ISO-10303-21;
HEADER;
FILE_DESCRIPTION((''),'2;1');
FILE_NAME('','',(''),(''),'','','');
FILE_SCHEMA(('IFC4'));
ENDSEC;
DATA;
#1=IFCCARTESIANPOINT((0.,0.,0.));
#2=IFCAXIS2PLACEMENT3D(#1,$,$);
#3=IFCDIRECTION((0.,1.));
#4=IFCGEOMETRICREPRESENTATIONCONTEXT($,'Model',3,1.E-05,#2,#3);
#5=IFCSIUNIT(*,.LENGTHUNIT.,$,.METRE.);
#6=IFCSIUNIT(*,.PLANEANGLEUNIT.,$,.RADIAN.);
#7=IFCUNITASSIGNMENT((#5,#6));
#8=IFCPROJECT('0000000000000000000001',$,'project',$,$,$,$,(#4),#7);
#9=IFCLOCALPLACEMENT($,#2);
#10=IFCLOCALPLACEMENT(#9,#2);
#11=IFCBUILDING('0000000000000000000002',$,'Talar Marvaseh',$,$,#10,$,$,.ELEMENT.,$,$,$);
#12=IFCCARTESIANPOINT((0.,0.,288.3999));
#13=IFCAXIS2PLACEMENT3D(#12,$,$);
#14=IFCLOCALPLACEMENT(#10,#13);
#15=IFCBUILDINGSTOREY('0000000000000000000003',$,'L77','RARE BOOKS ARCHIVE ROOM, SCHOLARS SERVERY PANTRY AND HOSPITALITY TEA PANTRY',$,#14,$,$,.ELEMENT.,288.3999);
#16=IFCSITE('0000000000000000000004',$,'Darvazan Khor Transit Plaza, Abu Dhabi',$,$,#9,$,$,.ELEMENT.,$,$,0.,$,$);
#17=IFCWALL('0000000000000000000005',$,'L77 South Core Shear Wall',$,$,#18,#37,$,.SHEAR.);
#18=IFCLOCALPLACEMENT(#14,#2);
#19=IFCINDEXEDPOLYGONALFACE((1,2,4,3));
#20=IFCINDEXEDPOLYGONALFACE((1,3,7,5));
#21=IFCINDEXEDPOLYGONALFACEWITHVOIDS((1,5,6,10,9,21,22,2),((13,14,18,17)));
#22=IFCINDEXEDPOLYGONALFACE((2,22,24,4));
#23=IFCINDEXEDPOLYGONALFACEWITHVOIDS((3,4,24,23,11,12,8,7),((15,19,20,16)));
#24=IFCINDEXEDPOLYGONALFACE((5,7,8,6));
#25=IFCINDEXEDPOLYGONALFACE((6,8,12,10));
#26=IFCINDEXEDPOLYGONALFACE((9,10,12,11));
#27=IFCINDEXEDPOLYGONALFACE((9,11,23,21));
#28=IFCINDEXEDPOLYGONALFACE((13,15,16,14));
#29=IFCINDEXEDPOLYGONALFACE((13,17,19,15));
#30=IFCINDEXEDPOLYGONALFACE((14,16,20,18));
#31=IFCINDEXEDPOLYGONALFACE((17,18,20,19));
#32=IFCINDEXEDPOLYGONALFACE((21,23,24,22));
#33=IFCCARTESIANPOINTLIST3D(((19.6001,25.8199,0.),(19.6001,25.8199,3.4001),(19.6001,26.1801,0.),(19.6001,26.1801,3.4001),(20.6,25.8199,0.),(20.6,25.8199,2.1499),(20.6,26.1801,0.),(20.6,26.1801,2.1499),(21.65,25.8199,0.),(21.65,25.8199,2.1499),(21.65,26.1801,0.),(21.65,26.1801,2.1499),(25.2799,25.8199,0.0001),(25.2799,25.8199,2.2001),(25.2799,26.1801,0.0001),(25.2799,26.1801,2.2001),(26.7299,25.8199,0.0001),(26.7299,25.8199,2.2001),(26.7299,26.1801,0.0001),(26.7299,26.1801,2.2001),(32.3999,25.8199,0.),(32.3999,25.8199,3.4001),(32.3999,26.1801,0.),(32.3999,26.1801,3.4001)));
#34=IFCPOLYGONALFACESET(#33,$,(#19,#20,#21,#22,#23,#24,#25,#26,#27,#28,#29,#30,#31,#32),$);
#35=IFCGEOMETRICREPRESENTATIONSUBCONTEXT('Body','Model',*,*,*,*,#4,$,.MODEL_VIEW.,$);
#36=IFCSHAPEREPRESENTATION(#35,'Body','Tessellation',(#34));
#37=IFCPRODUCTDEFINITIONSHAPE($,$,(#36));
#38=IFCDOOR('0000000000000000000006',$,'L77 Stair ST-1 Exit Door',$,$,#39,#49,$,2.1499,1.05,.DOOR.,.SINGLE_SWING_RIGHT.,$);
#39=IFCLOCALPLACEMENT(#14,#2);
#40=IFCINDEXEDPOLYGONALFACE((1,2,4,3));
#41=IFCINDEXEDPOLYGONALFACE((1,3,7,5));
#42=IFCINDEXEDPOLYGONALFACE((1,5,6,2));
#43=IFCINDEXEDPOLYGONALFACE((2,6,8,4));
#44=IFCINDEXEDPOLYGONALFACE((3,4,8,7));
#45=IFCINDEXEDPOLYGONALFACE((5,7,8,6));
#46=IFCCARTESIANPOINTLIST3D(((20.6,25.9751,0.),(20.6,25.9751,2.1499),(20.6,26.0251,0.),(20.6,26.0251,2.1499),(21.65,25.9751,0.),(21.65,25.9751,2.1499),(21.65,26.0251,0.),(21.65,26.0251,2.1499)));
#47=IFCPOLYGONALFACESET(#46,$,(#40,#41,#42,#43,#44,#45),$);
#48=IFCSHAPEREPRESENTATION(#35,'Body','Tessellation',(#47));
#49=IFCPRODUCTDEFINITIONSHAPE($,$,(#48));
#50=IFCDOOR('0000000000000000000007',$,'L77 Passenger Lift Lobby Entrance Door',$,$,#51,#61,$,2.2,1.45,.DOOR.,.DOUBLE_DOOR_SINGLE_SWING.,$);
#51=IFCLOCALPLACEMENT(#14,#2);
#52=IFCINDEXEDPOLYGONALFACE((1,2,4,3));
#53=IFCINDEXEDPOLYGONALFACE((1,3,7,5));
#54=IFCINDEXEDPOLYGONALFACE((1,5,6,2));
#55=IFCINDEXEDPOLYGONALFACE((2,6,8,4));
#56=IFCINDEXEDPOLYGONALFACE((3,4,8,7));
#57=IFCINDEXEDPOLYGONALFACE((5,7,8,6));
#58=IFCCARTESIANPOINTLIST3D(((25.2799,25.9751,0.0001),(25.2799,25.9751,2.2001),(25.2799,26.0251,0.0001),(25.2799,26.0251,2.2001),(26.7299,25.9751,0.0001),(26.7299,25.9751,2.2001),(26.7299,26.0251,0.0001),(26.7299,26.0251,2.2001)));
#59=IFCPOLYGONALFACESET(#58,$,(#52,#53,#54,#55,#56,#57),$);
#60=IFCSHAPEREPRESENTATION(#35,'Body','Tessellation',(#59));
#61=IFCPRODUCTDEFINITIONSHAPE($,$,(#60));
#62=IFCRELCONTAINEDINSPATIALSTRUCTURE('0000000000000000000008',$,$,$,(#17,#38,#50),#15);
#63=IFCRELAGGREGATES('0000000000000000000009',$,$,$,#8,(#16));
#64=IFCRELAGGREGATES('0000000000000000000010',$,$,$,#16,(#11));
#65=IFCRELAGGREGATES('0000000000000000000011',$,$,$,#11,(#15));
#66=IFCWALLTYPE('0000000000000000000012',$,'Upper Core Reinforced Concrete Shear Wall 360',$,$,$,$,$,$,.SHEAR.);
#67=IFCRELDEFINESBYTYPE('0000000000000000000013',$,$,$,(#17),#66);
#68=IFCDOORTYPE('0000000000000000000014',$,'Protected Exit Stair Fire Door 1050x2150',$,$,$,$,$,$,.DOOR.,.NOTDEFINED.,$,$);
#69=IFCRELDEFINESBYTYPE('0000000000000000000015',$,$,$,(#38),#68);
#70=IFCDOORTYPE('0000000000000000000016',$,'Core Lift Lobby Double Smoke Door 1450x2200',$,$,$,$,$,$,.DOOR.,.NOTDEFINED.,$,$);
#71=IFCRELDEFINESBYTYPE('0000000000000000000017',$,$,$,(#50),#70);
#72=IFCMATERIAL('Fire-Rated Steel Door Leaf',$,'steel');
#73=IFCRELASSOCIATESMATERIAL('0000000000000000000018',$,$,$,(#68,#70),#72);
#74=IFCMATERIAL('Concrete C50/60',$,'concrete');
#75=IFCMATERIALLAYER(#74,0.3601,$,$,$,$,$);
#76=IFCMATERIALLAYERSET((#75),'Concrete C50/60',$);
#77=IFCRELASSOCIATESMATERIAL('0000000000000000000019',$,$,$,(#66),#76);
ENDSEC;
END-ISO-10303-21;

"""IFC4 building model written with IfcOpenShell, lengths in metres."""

from ifc_helpers import new_model, si_unit, direction, frame, frame_2d, origin, place, context, subcontext, project, spatial, rectangle, extrude, source, transform, mapped, material, layer, layer_set, type_object, type_shapes, element, fill, save


model = new_model("IFC4")

# Units and contexts
model_context = context("Model", 3, precision=1e-05, world=origin(), true_north=direction((0.0, 1.0)))
body_context = subcontext(model_context, "Body", "Model", "MODEL_VIEW")
ifc_project = project(units=[si_unit("LENGTHUNIT", "METRE"), si_unit("PLANEANGLEUNIT", "RADIAN")], contexts=[model_context])

# Site, building, storey
site_placement = place(None, origin())
site = spatial("IfcSite", under=ifc_project, at=site_placement, Name="Darvazan Khor Transit Plaza, Abu Dhabi", CompositionType="ELEMENT", RefElevation=0.0)
building_placement = place(site_placement, origin())
building = spatial("IfcBuilding", under=site, at=building_placement, Name="Talar Marvaseh", CompositionType="ELEMENT")
storey_placement = place(building_placement, frame((0.0, 0.0, 288.3999)))
storey = spatial("IfcBuildingStorey", under=building, at=storey_placement, Name="L77", Description="RARE BOOKS ARCHIVE ROOM, SCHOLARS SERVERY PANTRY AND HOSPITALITY TEA PANTRY", CompositionType="ELEMENT", Elevation=288.3999)

# Shared definitions
ifc_material_1 = material(Name="Concrete C50/60", Category="concrete")

# Shared definitions
ifc_material_2 = material(Name="Fire-Rated Steel Door Leaf", Category="steel")
door_type_1 = type_object("IfcDoorType", Name="Protected Exit Stair Fire Door 1050x2150", OperationType="NOTDEFINED", PredefinedType="DOOR", material=ifc_material_2)
shared_shape_1 = source(origin(), body_context, "Body", "SweptSolid", [
    extrude(rectangle(XDim=1.05, YDim=2.1499, at=frame_2d((0.5249, 1.075))), frame((0.0, 0.0249, 0.0), z_axis=(0.0, -1.0, 0.0), x_axis=(1.0, 0.0, 0.0)), (0.0, 0.0, 1.0), 0.05),
])
type_shapes(door_type_1, [shared_shape_1])

# Wall, openings, doors
ifc_layer_1 = layer(ifc_material_1, 0.3601)
ifc_layer_set_1 = layer_set([ifc_layer_1], Name="Concrete C50/60")
wall_type_1 = type_object("IfcWallType", Name="Upper Core Reinforced Concrete Shear Wall 360", PredefinedType="SHEAR", material=ifc_layer_set_1)
wall_1_placement = place(storey_placement, frame((32.3999, 26.0, 0.0), z_axis=(0.0, 0.0, 1.0), x_axis=(-1.0, 0.0, 0.0)))
wall_1 = element("IfcWall", 1, at=wall_1_placement, inside=storey, type_object=wall_type_1, Name="L77 South Core Shear Wall", PredefinedType="SHEAR", context=body_context, shape_type="SweptSolid", body=[
    extrude(rectangle(XDim=12.7998, YDim=0.3601, at=frame_2d((6.3999, 0.0))), origin(), (0.0, 0.0, 1.0), 3.4001),
])
opening_1_placement = place(wall_1_placement, frame((10.75, 0.0, 0.0)))
opening_1 = element("IfcOpeningElement", 2, at=opening_1_placement, cuts=wall_1, PredefinedType="OPENING", context=body_context, shape_type="SweptSolid", body=[
    extrude(rectangle(XDim=1.05, YDim=2.1499, at=frame_2d((0.5249, 1.075))), frame((0.0, 0.1899, 0.0), z_axis=(0.0, -1.0, 0.0), x_axis=(1.0, 0.0, 0.0)), (0.0, 0.0, 1.0), 0.3801),
])
opening_2_placement = place(wall_1_placement, frame((5.6699, 0.0, 0.0)))
opening_2 = element("IfcOpeningElement", 3, at=opening_2_placement, cuts=wall_1, PredefinedType="OPENING", context=body_context, shape_type="SweptSolid", body=[
    extrude(rectangle(XDim=1.45, YDim=2.2, at=frame_2d((0.7251, 1.1001))), frame((0.0, 0.1899, 0.0), z_axis=(0.0, -1.0, 0.0), x_axis=(1.0, 0.0, 0.0)), (0.0, 0.0, 1.0), 0.3801),
])
door_1_placement = place(opening_1_placement, origin())
door_1 = element("IfcDoor", 4, at=door_1_placement, inside=storey, type_object=door_type_1, Name="L77 Stair ST-1 Exit Door", OperationType="SINGLE_SWING_RIGHT", OverallHeight=2.1499, OverallWidth=1.05, PredefinedType="DOOR", context=body_context, shape_type="MappedRepresentation", body=[
    mapped(shared_shape_1, transform((0.0, 0.0, 0.0), x_axis=(1.0, 0.0, 0.0), y_axis=(0.0, 1.0, 0.0), z_axis=(0.0, 0.0, 1.0), scale=1.0)),
])
fill(opening_1, door_1)
door_type_2 = type_object("IfcDoorType", Name="Core Lift Lobby Double Smoke Door 1450x2200", OperationType="NOTDEFINED", PredefinedType="DOOR", material=ifc_material_2)
shared_shape_2 = source(origin(), body_context, "Body", "SweptSolid", [
    extrude(rectangle(XDim=1.45, YDim=2.2, at=frame_2d((0.7251, 1.1001))), frame((0.0, 0.0249, 0.0), z_axis=(0.0, -1.0, 0.0), x_axis=(1.0, 0.0, 0.0)), (0.0, 0.0, 1.0), 0.05),
])
type_shapes(door_type_2, [shared_shape_2])
door_2_placement = place(opening_2_placement, origin())
door_2 = element("IfcDoor", 5, at=door_2_placement, inside=storey, type_object=door_type_2, Name="L77 Passenger Lift Lobby Entrance Door", OperationType="DOUBLE_DOOR_SINGLE_SWING", OverallHeight=2.2, OverallWidth=1.45, PredefinedType="DOOR", context=body_context, shape_type="MappedRepresentation", body=[
    mapped(shared_shape_2, transform((0.0, 0.0, 0.0), x_axis=(1.0, 0.0, 0.0), y_axis=(0.0, 1.0, 0.0), z_axis=(0.0, 0.0, 1.0), scale=1.0)),
])
fill(opening_2, door_2)

save(model, "model.ifc")
